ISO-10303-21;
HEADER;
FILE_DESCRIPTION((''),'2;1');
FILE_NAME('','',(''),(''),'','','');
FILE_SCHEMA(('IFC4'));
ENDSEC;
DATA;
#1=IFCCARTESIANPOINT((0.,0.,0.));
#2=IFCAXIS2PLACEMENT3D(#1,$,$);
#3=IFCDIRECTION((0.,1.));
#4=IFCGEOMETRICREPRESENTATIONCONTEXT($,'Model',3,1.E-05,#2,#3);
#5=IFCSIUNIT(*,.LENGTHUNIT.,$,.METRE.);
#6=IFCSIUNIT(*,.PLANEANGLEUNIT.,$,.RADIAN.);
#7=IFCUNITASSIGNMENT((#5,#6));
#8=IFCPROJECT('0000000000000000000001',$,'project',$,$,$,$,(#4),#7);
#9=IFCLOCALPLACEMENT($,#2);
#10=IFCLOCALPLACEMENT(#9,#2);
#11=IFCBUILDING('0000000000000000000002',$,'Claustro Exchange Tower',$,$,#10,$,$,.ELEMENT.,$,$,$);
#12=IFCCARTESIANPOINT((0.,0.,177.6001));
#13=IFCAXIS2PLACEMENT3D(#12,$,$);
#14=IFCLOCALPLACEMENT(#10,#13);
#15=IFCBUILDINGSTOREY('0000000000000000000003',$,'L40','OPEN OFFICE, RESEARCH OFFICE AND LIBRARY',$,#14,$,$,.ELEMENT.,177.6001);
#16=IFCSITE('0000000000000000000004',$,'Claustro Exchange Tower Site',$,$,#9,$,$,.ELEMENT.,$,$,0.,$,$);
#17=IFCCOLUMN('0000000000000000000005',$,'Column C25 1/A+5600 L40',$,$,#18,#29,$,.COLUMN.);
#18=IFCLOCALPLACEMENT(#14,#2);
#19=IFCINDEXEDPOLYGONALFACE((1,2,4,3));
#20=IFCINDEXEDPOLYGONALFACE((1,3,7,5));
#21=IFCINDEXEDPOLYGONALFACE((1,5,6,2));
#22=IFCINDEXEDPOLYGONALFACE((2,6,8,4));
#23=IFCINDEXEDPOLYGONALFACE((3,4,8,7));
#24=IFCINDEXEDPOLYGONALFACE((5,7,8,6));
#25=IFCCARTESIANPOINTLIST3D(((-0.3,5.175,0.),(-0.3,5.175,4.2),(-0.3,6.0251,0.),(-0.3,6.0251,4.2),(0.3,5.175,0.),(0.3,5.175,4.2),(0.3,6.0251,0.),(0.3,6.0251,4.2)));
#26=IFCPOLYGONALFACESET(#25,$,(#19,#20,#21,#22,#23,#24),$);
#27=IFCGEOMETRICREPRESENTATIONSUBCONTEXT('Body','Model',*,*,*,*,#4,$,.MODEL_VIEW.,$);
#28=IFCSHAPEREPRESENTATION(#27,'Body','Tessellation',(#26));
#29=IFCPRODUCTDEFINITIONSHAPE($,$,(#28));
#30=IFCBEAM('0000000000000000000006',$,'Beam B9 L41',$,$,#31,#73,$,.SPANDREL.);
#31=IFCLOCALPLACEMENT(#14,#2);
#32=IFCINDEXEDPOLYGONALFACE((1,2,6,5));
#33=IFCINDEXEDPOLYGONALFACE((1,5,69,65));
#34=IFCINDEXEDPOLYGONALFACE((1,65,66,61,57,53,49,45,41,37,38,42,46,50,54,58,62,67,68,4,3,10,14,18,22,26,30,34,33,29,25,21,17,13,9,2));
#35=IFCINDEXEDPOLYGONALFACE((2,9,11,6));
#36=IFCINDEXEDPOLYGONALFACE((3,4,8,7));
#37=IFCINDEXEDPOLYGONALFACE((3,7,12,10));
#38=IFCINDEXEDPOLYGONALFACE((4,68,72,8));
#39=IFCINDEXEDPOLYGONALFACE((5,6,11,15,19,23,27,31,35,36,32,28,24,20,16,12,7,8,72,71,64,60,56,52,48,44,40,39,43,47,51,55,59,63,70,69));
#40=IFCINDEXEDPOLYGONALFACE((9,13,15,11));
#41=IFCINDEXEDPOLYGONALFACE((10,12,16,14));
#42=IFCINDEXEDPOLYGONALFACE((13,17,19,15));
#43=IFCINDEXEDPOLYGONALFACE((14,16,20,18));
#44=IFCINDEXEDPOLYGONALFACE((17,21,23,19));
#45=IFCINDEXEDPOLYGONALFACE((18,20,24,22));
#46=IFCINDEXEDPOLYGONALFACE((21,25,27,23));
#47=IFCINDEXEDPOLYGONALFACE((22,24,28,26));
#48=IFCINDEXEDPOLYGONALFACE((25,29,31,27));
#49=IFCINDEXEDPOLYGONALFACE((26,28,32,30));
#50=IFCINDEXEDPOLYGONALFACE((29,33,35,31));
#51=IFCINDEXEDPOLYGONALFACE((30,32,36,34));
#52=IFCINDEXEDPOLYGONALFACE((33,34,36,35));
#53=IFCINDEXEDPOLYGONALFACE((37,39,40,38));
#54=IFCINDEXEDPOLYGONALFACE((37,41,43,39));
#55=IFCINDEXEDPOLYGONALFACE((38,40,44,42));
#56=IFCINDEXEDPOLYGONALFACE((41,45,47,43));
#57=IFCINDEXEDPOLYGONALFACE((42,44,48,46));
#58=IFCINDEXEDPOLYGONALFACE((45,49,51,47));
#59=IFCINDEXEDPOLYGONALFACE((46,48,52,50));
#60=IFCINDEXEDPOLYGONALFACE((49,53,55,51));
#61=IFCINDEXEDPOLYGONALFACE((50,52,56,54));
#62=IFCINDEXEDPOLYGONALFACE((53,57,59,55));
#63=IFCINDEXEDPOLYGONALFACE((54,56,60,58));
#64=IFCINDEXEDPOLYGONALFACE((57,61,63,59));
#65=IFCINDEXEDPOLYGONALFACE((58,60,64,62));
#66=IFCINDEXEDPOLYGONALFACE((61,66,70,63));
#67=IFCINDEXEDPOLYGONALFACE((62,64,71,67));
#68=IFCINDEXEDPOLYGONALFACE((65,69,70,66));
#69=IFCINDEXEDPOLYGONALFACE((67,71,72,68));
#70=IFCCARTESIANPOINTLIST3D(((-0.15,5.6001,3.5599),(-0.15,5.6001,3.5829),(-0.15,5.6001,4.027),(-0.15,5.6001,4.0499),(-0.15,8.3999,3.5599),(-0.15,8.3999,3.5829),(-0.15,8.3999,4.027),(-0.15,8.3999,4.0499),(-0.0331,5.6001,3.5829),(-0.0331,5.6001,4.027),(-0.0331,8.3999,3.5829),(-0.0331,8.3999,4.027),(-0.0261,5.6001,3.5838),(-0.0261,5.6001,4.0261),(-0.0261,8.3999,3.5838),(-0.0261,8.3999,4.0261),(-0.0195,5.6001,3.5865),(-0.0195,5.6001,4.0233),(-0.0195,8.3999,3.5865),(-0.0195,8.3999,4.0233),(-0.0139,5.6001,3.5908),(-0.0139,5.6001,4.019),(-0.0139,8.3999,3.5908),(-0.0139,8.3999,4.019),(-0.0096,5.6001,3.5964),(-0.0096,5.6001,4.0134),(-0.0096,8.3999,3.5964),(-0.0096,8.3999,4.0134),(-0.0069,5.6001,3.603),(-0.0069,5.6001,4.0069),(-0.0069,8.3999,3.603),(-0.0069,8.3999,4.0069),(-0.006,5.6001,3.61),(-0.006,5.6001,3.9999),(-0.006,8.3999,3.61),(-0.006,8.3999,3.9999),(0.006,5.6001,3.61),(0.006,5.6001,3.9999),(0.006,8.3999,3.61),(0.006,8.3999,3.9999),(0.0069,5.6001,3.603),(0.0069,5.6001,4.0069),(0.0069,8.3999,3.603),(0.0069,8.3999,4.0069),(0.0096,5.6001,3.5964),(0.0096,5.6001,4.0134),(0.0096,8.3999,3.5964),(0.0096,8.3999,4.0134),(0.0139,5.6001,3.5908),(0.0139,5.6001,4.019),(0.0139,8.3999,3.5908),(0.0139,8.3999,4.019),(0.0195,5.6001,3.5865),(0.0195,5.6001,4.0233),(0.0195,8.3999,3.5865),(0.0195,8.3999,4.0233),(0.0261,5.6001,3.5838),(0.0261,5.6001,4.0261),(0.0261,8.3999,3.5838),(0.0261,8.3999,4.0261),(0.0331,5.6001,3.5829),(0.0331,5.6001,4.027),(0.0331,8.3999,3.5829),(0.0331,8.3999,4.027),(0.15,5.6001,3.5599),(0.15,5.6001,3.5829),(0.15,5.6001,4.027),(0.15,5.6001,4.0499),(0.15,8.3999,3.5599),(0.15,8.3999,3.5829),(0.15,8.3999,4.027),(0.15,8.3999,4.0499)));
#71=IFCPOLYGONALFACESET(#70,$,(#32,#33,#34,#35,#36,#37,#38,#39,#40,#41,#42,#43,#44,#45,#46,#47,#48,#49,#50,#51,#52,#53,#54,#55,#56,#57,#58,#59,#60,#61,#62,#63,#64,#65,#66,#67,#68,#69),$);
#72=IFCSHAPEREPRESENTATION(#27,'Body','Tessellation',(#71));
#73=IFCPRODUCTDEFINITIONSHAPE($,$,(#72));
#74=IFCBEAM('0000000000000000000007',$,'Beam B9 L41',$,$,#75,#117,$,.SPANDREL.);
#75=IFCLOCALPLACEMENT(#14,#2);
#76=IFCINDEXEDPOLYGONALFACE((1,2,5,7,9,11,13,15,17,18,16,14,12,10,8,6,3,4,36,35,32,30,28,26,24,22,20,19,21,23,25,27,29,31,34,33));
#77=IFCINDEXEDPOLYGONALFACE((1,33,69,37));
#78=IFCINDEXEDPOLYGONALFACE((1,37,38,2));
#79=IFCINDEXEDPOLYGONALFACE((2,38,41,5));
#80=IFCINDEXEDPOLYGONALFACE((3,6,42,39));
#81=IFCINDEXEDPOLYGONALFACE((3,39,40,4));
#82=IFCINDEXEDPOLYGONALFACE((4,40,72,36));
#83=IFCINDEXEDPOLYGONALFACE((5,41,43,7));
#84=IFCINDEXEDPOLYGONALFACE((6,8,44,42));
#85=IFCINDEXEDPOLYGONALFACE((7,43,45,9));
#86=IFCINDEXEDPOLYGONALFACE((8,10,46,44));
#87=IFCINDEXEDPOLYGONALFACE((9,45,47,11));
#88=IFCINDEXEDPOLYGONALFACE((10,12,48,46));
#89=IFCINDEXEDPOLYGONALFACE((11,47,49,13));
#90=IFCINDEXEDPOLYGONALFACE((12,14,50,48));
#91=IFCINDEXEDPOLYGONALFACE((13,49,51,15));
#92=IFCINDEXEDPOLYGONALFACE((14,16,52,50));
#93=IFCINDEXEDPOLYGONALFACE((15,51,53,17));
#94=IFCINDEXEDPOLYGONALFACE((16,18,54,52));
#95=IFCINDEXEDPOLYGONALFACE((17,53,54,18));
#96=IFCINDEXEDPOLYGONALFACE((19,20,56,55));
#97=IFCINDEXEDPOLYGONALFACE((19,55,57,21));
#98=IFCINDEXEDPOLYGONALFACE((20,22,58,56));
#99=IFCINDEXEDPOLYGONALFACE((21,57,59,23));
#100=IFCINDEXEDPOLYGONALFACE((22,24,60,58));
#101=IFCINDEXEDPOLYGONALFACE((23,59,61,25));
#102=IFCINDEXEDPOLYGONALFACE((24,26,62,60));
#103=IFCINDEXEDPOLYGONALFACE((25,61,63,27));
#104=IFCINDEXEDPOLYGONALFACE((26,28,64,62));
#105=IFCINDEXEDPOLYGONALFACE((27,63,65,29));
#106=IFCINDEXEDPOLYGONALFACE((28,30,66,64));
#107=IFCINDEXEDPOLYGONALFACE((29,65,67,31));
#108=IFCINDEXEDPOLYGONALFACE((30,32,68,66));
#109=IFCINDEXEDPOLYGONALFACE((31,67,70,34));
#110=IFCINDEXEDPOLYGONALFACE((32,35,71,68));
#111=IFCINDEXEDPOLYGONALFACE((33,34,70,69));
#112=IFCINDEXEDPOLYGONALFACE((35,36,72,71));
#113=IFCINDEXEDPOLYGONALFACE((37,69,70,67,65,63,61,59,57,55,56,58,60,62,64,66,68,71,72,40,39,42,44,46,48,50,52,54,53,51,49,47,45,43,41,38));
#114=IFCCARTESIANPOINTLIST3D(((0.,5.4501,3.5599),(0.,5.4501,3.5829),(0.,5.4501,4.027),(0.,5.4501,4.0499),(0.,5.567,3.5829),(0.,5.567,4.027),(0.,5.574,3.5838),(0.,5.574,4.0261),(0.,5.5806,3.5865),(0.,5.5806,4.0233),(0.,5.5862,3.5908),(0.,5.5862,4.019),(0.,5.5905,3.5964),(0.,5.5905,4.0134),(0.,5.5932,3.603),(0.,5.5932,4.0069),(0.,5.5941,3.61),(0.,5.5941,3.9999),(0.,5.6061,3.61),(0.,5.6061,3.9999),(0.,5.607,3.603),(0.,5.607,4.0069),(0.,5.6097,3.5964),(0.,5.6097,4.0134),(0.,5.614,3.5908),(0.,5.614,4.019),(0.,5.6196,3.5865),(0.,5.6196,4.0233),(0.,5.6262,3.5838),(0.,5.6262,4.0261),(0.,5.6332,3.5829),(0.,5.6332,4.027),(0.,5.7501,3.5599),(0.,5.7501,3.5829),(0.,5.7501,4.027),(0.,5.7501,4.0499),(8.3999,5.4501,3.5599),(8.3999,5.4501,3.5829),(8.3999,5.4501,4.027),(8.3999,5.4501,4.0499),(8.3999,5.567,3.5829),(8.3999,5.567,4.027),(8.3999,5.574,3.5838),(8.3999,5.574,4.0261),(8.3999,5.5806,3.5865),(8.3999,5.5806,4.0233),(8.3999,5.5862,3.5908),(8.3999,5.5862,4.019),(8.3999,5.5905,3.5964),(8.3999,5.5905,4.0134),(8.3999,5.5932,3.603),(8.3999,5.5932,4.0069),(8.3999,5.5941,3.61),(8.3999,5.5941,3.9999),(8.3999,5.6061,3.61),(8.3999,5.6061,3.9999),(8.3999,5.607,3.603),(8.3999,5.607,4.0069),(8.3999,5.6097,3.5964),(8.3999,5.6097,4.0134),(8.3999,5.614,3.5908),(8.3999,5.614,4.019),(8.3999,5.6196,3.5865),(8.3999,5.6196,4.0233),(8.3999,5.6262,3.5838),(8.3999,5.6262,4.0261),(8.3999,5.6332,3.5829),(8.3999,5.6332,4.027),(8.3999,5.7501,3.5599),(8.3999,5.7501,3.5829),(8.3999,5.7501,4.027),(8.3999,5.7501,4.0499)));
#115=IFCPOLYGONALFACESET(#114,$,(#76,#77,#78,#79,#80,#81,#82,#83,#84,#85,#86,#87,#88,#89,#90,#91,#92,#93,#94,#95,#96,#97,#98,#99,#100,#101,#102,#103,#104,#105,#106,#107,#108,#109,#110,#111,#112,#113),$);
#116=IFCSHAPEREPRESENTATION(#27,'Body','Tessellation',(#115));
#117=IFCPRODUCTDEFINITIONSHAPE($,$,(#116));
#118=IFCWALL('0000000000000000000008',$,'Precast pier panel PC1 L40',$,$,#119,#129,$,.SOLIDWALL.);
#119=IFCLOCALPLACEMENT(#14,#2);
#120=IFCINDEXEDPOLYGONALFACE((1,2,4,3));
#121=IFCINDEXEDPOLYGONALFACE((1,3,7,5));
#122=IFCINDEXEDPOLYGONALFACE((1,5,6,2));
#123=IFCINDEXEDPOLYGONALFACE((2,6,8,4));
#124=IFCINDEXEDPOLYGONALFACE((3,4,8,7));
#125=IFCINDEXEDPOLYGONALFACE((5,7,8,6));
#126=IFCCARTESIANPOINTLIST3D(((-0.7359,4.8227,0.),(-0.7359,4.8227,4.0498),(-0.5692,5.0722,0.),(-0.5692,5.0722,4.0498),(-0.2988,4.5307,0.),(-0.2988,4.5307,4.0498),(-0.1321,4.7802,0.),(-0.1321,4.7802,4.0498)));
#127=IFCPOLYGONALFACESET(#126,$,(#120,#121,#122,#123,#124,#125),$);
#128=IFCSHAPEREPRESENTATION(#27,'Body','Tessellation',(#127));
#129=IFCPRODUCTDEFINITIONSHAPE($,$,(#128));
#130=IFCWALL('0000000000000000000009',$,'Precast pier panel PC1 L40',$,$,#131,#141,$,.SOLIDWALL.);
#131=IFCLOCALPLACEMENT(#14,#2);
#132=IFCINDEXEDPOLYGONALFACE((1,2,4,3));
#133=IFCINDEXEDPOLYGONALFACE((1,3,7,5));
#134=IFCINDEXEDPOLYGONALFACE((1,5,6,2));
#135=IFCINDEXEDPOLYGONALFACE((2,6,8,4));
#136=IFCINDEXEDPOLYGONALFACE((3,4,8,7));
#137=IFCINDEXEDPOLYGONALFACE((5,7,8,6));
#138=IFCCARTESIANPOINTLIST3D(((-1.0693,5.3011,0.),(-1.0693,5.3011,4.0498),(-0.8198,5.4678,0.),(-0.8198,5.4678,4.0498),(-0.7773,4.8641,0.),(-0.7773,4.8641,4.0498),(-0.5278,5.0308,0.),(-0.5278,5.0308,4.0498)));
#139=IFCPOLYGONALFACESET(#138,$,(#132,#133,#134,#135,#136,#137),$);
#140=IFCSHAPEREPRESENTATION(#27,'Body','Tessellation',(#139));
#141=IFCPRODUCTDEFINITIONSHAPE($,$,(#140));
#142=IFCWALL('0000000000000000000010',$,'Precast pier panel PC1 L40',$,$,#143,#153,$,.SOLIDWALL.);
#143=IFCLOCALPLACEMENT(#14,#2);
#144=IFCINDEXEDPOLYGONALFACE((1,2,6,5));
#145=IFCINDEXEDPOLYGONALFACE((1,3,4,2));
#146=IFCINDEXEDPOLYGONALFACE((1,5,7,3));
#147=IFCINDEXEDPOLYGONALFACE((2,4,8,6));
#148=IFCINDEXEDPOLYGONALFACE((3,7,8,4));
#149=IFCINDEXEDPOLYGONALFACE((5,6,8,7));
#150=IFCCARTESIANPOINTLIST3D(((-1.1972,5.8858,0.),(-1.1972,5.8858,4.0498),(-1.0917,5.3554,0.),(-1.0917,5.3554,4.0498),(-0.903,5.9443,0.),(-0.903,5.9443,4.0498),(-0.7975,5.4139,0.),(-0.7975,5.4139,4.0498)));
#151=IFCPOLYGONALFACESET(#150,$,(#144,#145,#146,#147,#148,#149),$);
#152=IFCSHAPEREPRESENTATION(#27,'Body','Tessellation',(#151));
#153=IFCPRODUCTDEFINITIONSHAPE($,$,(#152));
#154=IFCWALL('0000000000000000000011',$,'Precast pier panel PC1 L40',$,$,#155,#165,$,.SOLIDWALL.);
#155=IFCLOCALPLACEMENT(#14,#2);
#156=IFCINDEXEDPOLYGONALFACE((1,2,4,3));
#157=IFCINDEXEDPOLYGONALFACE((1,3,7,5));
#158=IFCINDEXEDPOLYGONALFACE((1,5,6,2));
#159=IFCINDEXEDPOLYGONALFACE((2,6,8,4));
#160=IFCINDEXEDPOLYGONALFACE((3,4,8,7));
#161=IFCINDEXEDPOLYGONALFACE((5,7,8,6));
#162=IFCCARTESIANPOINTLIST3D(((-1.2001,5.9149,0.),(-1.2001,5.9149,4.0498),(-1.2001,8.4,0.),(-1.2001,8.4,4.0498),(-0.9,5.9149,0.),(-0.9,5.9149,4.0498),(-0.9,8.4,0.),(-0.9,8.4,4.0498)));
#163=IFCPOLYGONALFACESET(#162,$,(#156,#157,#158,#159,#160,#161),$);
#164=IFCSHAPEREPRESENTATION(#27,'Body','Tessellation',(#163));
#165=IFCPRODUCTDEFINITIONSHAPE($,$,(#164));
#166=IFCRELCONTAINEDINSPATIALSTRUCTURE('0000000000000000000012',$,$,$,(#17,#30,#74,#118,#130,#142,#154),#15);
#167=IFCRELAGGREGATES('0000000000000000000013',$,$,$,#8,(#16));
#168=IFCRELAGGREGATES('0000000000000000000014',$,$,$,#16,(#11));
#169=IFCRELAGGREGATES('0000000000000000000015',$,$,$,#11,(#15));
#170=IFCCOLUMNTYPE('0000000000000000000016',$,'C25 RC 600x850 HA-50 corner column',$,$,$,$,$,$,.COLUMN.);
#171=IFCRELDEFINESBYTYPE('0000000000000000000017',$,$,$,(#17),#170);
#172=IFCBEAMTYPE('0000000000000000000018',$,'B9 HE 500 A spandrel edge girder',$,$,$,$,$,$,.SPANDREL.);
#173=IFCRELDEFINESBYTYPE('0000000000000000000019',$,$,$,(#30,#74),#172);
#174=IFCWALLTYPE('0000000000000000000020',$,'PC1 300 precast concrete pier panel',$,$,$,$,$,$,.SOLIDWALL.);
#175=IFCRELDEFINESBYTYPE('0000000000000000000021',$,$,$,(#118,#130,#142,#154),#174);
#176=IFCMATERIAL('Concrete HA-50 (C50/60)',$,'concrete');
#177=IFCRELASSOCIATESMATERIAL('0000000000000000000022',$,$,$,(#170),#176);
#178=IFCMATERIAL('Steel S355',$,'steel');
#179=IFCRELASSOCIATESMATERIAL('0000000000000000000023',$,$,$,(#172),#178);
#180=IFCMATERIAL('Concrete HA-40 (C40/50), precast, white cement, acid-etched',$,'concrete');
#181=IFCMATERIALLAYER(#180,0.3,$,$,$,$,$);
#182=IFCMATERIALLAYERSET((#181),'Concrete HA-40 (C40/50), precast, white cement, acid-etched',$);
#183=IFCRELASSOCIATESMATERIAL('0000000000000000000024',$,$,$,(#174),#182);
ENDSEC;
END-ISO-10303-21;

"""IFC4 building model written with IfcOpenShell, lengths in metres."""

from ifc_helpers import new_model, si_unit, direction, frame, frame_2d, origin, origin_2d, place, context, subcontext, project, spatial, rectangle, i_section, extrude, material, layer, layer_set, material_profile, profile_set, type_object, element, save


model = new_model("IFC4")

# Units and contexts
model_context = context("Model", 3, precision=1e-05, world=origin(), true_north=direction((0.0, 1.0)))
body_context = subcontext(model_context, "Body", "Model", "MODEL_VIEW")
ifc_project = project(units=[si_unit("LENGTHUNIT", "METRE"), si_unit("PLANEANGLEUNIT", "RADIAN")], contexts=[model_context])

# Site, building, storey
site_placement = place(None, origin())
site = spatial("IfcSite", under=ifc_project, at=site_placement, Name="Claustro Exchange Tower Site", CompositionType="ELEMENT", RefElevation=0.0)
building_placement = place(site_placement, origin())
building = spatial("IfcBuilding", under=site, at=building_placement, Name="Claustro Exchange Tower", CompositionType="ELEMENT")
storey_placement = place(building_placement, frame((0.0, 0.0, 177.6001)))
storey = spatial("IfcBuildingStorey", under=building, at=storey_placement, Name="L40", Description="OPEN OFFICE, RESEARCH OFFICE AND LIBRARY", CompositionType="ELEMENT", Elevation=177.6001)

# Column
ifc_material_1 = material(Name="Concrete HA-50 (C50/60)", Category="concrete")
ifc_material_profile_1 = material_profile(ifc_material_1, rectangle(XDim=0.6001, YDim=0.8501, at=origin_2d()), Name="RC 600x850")
ifc_profile_set_1 = profile_set([ifc_material_profile_1], Name="Concrete HA-50 (C50/60)")
column_type = type_object("IfcColumnType", Name="C25 RC 600x850 HA-50 corner column", PredefinedType="COLUMN", material=ifc_profile_set_1)
column_placement = place(storey_placement, frame((0.0, 5.6001, 0.0), z_axis=(0.0, 0.0, 1.0), x_axis=(1.0, 0.0, 0.0)))
element("IfcColumn", 1, at=column_placement, inside=storey, type_object=column_type, Name="Column C25 1/A+5600 L40", PredefinedType="COLUMN", context=body_context, shape_type="SweptSolid", body=[
    extrude(rectangle(XDim=0.6001, YDim=0.8501, at=origin_2d()), origin(), (0.0, 0.0, 1.0), 4.2),
])

# Beams
ifc_material_2 = material(Name="Steel S355", Category="steel")
ifc_material_profile_2 = material_profile(ifc_material_2, i_section(OverallWidth=0.3, OverallDepth=0.49, WebThickness=0.012, FlangeThickness=0.0229, FilletRadius=0.0271, at=origin_2d()), Name="HE 500 A")
ifc_profile_set_2 = profile_set([ifc_material_profile_2], Name="Steel S355")
beam_type = type_object("IfcBeamType", Name="B9 HE 500 A spandrel edge girder", PredefinedType="SPANDREL", material=ifc_profile_set_2)
beam_1_placement = place(storey_placement, frame((0.0, 5.6001, 3.8049), z_axis=(0.0, 1.0, 0.0), x_axis=(-1.0, 0.0, 0.0)))
element("IfcBeam", 2, at=beam_1_placement, inside=storey, type_object=beam_type, Name="Beam B9 L41", PredefinedType="SPANDREL", context=body_context, shape_type="SweptSolid", body=[
    extrude(i_section(OverallWidth=0.3, OverallDepth=0.49, WebThickness=0.012, FlangeThickness=0.0229, FilletRadius=0.0271, at=origin_2d()), origin(), (0.0, 0.0, 1.0), 2.7998),
])
beam_2_placement = place(storey_placement, frame((0.0, 5.6001, 3.8049), z_axis=(1.0, 0.0, 0.0), x_axis=(0.0, 1.0, 0.0)))
element("IfcBeam", 3, at=beam_2_placement, inside=storey, type_object=beam_type, Name="Beam B9 L41", PredefinedType="SPANDREL", context=body_context, shape_type="SweptSolid", body=[
    extrude(i_section(OverallWidth=0.3, OverallDepth=0.49, WebThickness=0.012, FlangeThickness=0.0229, FilletRadius=0.0271, at=origin_2d()), origin(), (0.0, 0.0, 1.0), 8.3999),
])

# Walls
ifc_material_3 = material(Name="Concrete HA-40 (C40/50), precast, white cement, acid-etched", Category="concrete")
ifc_layer_1 = layer(ifc_material_3, 0.3)
ifc_layer_set_1 = layer_set([ifc_layer_1], Name="Concrete HA-40 (C40/50), precast, white cement, acid-etched")
wall_type_1 = type_object("IfcWallType", Name="PC1 300 precast concrete pier panel", PredefinedType="SOLIDWALL", material=ifc_layer_set_1)
for number, where, z_axis, x_axis, name in (
    (4, (-0.2156, 4.6555, 0.0), (0.0, 0.0, 1.0), (-0.831478, 0.555557, 0.0), "Precast pier panel PC1 L40"),
    (5, (-0.6526, 4.9475, 0.0), (0.0, 0.0, 1.0), (-0.555557, 0.831478, 0.0), "Precast pier panel PC1 L40"),
):
    element("IfcWall", number, at=place(storey_placement, frame(where, z_axis=z_axis, x_axis=x_axis)), inside=storey, type_object=wall_type_1, Name=name, PredefinedType="SOLIDWALL", context=body_context, shape_type="SweptSolid", body=[
        extrude(rectangle(XDim=0.5256, YDim=0.3, at=frame_2d((0.2627, 0.0))), origin(), (0.0, 0.0, 1.0), 4.0498),
    ])
wall_1_placement = place(storey_placement, frame((-0.9446, 5.3845, 0.0), z_axis=(0.0, 0.0, 1.0), x_axis=(-0.195074, 0.980789, 0.0)))
element("IfcWall", 6, at=wall_1_placement, inside=storey, type_object=wall_type_1, Name="Precast pier panel PC1 L40", PredefinedType="SOLIDWALL", context=body_context, shape_type="SweptSolid", body=[
    extrude(rectangle(XDim=0.5408, YDim=0.3, at=frame_2d((0.2705, 0.0))), origin(), (0.0, 0.0, 1.0), 4.0498),
])
wall_2_placement = place(storey_placement, frame((-1.05, 5.9148, 0.0), z_axis=(0.0, 0.0, 1.0), x_axis=(0.0, 1.0, 0.0)))
element("IfcWall", 7, at=wall_2_placement, inside=storey, type_object=wall_type_1, Name="Precast pier panel PC1 L40", PredefinedType="SOLIDWALL", context=body_context, shape_type="SweptSolid", body=[
    extrude(rectangle(XDim=2.4851, YDim=0.3, at=frame_2d((1.2427, 0.0))), origin(), (0.0, 0.0, 1.0), 4.0498),
])

save(model, "model.ifc")
